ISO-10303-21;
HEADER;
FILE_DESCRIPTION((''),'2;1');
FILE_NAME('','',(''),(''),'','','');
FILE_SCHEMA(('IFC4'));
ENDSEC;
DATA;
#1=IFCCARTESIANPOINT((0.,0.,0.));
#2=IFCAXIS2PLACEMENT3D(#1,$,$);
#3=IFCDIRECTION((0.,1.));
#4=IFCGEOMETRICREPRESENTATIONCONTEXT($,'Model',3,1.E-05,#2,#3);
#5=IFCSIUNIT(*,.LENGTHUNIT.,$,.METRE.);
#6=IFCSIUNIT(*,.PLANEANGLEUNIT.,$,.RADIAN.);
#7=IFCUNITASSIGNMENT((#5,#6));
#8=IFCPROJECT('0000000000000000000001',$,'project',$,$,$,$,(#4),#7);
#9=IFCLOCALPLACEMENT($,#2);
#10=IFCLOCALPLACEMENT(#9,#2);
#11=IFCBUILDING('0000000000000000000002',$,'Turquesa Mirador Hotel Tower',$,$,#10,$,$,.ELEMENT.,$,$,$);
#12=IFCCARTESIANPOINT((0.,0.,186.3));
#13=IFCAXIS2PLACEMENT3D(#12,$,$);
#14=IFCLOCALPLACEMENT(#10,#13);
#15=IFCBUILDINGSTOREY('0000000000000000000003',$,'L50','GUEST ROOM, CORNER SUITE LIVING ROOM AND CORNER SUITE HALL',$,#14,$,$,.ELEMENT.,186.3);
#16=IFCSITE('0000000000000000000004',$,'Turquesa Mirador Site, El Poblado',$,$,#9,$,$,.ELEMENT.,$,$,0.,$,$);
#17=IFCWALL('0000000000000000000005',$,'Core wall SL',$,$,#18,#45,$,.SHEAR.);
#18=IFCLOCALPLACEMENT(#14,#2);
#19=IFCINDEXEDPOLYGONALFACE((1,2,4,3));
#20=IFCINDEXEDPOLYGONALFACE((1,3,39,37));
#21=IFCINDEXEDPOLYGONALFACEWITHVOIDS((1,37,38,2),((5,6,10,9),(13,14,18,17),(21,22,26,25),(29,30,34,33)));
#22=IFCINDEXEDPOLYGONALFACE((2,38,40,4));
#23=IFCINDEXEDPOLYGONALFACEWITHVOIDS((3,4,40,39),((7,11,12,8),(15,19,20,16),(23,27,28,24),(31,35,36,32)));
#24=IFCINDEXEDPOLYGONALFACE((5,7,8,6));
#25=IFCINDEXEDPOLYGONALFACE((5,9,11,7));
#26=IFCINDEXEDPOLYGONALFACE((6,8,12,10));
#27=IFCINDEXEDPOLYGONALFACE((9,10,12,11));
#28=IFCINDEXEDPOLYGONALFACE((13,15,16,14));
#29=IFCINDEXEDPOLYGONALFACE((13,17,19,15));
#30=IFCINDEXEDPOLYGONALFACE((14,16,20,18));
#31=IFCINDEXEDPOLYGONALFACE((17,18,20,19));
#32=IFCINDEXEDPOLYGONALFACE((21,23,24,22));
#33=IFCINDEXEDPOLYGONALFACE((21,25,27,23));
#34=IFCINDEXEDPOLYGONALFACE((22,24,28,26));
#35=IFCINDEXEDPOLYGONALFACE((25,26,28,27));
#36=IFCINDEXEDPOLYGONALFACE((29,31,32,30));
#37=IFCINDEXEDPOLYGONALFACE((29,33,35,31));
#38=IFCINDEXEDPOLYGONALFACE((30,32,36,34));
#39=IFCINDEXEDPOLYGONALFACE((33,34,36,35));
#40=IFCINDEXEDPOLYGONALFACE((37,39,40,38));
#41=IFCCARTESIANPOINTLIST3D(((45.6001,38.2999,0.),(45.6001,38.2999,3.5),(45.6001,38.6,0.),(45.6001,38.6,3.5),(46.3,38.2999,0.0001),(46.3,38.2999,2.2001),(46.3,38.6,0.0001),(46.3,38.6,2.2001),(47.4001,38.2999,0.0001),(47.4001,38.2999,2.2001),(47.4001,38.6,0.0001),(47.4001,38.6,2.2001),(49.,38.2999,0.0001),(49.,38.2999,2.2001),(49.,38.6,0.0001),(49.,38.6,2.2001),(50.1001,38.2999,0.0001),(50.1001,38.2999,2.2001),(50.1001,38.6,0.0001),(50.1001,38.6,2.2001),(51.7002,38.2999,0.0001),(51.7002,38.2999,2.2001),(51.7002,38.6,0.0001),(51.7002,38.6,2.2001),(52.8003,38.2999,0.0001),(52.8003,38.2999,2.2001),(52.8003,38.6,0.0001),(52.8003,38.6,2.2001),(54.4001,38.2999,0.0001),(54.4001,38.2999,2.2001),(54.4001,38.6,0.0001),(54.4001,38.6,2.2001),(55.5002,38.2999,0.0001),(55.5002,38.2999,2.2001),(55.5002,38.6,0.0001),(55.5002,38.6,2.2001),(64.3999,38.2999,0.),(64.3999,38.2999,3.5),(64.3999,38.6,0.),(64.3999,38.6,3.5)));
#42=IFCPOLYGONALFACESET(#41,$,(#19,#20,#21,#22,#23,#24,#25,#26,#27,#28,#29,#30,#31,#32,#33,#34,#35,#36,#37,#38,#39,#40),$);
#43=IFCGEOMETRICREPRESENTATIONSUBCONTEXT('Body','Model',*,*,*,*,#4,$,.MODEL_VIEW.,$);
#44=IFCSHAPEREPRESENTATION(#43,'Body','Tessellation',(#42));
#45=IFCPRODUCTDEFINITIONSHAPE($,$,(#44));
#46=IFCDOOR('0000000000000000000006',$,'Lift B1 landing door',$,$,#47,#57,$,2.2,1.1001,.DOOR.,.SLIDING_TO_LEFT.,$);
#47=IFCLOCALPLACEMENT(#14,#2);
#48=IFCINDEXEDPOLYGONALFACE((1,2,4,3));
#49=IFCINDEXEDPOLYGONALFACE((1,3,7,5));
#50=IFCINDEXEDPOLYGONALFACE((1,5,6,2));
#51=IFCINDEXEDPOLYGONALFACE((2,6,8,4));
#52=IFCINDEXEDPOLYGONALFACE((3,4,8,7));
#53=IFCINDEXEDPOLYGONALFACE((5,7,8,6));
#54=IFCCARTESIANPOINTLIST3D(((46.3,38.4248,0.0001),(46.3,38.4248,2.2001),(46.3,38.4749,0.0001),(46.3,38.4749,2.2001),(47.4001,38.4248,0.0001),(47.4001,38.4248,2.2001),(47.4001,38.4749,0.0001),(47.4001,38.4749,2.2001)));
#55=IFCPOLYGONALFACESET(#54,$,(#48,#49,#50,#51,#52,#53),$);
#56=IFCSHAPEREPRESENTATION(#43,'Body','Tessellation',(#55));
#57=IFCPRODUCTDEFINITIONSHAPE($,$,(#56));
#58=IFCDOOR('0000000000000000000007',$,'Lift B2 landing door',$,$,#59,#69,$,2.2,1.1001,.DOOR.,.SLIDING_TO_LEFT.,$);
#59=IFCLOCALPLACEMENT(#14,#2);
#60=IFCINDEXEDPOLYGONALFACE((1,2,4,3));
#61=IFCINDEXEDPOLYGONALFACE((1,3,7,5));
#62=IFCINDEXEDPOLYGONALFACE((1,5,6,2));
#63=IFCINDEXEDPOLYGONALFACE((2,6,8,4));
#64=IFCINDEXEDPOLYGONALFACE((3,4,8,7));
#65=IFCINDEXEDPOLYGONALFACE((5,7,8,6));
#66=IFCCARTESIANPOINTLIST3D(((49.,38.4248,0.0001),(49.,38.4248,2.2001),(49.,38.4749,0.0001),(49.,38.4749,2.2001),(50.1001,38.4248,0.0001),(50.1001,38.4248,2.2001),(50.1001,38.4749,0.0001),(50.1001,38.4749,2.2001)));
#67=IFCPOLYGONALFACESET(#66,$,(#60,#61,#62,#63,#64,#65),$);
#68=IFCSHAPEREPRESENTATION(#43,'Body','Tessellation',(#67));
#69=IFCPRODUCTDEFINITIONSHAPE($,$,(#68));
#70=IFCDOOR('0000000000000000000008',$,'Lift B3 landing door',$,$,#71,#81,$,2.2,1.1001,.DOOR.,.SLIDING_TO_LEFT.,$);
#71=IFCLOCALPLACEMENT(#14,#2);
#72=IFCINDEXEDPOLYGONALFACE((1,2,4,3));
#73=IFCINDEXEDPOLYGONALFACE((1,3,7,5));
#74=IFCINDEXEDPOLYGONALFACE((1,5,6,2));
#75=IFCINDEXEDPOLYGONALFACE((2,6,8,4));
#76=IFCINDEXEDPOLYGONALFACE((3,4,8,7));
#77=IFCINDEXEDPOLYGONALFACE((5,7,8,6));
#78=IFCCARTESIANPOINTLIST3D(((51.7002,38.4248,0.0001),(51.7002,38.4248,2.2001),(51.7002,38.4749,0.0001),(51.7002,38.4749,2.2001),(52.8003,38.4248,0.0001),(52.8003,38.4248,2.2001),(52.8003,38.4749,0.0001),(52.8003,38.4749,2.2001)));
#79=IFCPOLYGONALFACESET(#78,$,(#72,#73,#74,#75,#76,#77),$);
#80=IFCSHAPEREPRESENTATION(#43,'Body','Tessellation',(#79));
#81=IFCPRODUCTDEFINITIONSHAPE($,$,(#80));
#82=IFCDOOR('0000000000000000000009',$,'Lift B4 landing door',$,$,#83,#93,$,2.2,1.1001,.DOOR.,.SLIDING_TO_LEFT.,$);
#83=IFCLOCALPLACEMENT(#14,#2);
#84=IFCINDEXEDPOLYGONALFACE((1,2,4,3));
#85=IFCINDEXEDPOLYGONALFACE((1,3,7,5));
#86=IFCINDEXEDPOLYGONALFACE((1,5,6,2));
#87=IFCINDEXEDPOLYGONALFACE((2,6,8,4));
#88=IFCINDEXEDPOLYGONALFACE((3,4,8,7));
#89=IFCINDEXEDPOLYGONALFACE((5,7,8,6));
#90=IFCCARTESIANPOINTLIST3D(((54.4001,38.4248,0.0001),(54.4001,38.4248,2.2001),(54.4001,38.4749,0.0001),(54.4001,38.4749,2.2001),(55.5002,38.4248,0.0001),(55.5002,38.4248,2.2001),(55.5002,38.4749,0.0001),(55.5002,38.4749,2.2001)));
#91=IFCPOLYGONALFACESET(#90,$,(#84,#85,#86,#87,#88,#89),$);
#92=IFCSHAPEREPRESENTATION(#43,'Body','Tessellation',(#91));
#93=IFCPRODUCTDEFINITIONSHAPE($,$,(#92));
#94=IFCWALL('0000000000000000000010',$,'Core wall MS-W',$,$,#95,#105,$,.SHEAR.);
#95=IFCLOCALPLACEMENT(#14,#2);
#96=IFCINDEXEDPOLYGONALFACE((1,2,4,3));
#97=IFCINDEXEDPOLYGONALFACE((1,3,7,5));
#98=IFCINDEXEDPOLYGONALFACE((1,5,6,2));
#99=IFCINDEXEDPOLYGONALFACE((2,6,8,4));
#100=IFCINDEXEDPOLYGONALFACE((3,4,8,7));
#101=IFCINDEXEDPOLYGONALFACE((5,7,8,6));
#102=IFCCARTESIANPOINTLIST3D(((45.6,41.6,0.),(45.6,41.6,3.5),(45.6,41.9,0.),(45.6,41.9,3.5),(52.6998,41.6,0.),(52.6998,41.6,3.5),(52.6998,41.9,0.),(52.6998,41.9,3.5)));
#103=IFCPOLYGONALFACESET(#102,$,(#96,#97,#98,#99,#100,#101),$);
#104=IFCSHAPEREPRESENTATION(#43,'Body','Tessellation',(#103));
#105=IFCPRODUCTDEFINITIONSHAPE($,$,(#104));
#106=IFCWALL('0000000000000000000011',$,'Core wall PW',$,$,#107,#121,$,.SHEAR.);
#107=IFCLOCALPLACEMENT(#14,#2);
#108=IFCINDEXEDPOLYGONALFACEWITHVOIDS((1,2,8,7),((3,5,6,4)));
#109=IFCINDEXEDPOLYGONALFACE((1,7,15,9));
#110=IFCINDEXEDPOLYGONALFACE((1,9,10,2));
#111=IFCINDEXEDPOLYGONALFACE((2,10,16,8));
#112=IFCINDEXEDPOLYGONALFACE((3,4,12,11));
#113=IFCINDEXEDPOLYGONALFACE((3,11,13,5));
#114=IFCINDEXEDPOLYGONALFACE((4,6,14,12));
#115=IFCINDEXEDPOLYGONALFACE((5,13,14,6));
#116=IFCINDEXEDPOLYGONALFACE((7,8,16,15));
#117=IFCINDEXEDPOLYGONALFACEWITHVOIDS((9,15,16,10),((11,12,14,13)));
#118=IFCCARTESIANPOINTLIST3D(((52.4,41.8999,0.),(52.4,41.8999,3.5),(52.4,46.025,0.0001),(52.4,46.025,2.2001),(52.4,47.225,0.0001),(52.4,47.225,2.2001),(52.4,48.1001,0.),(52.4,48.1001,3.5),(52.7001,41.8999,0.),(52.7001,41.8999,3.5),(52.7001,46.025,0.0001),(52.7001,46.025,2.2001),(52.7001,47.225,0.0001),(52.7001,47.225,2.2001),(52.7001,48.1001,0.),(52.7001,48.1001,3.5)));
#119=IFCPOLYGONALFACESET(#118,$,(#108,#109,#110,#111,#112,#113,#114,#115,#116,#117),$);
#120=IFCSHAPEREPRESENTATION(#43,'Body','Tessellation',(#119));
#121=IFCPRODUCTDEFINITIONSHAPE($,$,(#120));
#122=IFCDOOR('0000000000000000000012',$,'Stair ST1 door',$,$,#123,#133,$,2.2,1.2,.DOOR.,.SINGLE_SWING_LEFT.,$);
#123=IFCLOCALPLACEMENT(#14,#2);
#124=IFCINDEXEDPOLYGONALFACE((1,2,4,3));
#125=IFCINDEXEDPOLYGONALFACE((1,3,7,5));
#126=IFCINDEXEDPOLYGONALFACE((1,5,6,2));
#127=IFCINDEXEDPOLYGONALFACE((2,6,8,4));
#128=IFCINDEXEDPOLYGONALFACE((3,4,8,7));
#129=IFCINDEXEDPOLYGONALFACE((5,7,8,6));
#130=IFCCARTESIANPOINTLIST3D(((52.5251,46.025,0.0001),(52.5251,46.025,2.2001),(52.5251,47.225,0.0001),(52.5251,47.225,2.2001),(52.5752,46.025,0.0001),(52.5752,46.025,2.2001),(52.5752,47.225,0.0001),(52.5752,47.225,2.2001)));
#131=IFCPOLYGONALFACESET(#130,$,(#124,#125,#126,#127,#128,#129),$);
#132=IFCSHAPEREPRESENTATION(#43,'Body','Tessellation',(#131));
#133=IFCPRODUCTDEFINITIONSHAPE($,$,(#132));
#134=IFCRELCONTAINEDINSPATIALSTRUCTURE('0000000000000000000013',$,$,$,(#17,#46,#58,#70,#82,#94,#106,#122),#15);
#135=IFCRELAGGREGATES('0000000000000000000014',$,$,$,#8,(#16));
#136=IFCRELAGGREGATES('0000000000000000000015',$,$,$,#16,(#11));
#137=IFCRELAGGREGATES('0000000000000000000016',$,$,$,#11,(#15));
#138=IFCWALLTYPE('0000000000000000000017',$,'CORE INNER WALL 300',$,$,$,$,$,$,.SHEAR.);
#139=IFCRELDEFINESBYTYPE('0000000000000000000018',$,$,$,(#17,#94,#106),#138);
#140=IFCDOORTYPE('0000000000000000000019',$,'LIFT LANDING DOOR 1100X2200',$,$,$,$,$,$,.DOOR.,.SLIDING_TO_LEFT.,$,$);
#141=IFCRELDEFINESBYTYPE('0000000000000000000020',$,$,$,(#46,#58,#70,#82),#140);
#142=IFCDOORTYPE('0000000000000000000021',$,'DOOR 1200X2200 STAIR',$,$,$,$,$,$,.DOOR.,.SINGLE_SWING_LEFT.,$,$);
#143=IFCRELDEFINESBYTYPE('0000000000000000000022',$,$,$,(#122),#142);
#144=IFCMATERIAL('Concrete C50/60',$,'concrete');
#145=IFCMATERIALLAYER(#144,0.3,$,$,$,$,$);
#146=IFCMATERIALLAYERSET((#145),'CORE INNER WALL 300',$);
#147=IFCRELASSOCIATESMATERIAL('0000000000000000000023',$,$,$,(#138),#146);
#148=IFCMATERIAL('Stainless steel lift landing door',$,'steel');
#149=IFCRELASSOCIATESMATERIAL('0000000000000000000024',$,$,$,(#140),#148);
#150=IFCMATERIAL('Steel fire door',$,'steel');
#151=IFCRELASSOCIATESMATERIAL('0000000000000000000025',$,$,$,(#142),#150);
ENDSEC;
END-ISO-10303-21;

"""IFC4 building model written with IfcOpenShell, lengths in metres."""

from ifc_helpers import new_model, si_unit, direction, frame, frame_2d, origin, place, context, subcontext, project, spatial, rectangle, extrude, material, layer, layer_set, type_object, element, fill, save


model = new_model("IFC4")

# Units and contexts
model_context = context("Model", 3, precision=1e-05, world=origin(), true_north=direction((0.0, 1.0)))
body_context = subcontext(model_context, "Body", "Model", "MODEL_VIEW")
ifc_project = project(units=[si_unit("LENGTHUNIT", "METRE"), si_unit("PLANEANGLEUNIT", "RADIAN")], contexts=[model_context])

# Site, building, storey
site_placement = place(None, origin())
site = spatial("IfcSite", under=ifc_project, at=site_placement, Name="Turquesa Mirador Site, El Poblado", CompositionType="ELEMENT", RefElevation=0.0)
building_placement = place(site_placement, origin())
building = spatial("IfcBuilding", under=site, at=building_placement, Name="Turquesa Mirador Hotel Tower", CompositionType="ELEMENT")
storey_placement = place(building_placement, frame((0.0, 0.0, 186.3)))
storey = spatial("IfcBuildingStorey", under=building, at=storey_placement, Name="L50", Description="GUEST ROOM, CORNER SUITE LIVING ROOM AND CORNER SUITE HALL", CompositionType="ELEMENT", Elevation=186.3)

# Wall, openings, doors
ifc_material_1 = material(Name="Concrete C50/60", Category="concrete")
ifc_layer_1 = layer(ifc_material_1, 0.3)
ifc_layer_set_1 = layer_set([ifc_layer_1], Name="CORE INNER WALL 300")
wall_type_1 = type_object("IfcWallType", Name="CORE INNER WALL 300", PredefinedType="SHEAR", material=ifc_layer_set_1)
wall_1_placement = place(storey_placement, frame((45.6001, 38.45, 0.0), z_axis=(0.0, 0.0, 1.0), x_axis=(1.0, 0.0, 0.0)))
wall_1 = element("IfcWall", 1, at=wall_1_placement, inside=storey, type_object=wall_type_1, Name="Core wall SL", PredefinedType="SHEAR", context=body_context, shape_type="SweptSolid", body=[
    extrude(rectangle(XDim=18.7998, YDim=0.3, at=frame_2d((9.3999, 0.0))), origin(), (0.0, 0.0, 1.0), 3.5),
])
opening_1_placement = place(wall_1_placement, frame((0.7, 0.0, 0.0)))
opening_1 = element("IfcOpeningElement", 2, at=opening_1_placement, cuts=wall_1, PredefinedType="OPENING", context=body_context, shape_type="SweptSolid", body=[
    extrude(rectangle(XDim=1.1001, YDim=2.2, at=frame_2d((0.55, 1.1001))), frame((0.0, 0.1599, 0.0), z_axis=(0.0, -1.0, 0.0), x_axis=(1.0, 0.0, 0.0)), (0.0, 0.0, 1.0), 0.3201),
])
opening_2_placement = place(wall_1_placement, frame((3.3999, 0.0, 0.0)))
opening_2 = element("IfcOpeningElement", 3, at=opening_2_placement, cuts=wall_1, PredefinedType="OPENING", context=body_context, shape_type="SweptSolid", body=[
    extrude(rectangle(XDim=1.1001, YDim=2.2, at=frame_2d((0.55, 1.1001))), frame((0.0, 0.1599, 0.0), z_axis=(0.0, -1.0, 0.0), x_axis=(1.0, 0.0, 0.0)), (0.0, 0.0, 1.0), 0.3201),
])
opening_3_placement = place(wall_1_placement, frame((6.1001, 0.0, 0.0)))
opening_3 = element("IfcOpeningElement", 4, at=opening_3_placement, cuts=wall_1, PredefinedType="OPENING", context=body_context, shape_type="SweptSolid", body=[
    extrude(rectangle(XDim=1.1001, YDim=2.2, at=frame_2d((0.55, 1.1001))), frame((0.0, 0.1599, 0.0), z_axis=(0.0, -1.0, 0.0), x_axis=(1.0, 0.0, 0.0)), (0.0, 0.0, 1.0), 0.3201),
])
opening_4_placement = place(wall_1_placement, frame((8.8, 0.0, 0.0)))
opening_4 = element("IfcOpeningElement", 5, at=opening_4_placement, cuts=wall_1, PredefinedType="OPENING", context=body_context, shape_type="SweptSolid", body=[
    extrude(rectangle(XDim=1.1001, YDim=2.2, at=frame_2d((0.55, 1.1001))), frame((0.0, 0.1599, 0.0), z_axis=(0.0, -1.0, 0.0), x_axis=(1.0, 0.0, 0.0)), (0.0, 0.0, 1.0), 0.3201),
])
ifc_material_2 = material(Name="Stainless steel lift landing door", Category="steel")
door_type_1 = type_object("IfcDoorType", Name="LIFT LANDING DOOR 1100X2200", OperationType="SLIDING_TO_LEFT", PredefinedType="DOOR", material=ifc_material_2)
door_1_placement = place(opening_1_placement, origin())
door_1 = element("IfcDoor", 6, at=door_1_placement, inside=storey, type_object=door_type_1, Name="Lift B1 landing door", OperationType="SLIDING_TO_LEFT", OverallHeight=2.2, OverallWidth=1.1001, PredefinedType="DOOR", context=body_context, shape_type="SweptSolid", body=[
    extrude(rectangle(XDim=1.1001, YDim=2.2, at=frame_2d((0.55, 1.1001))), frame((0.0, 0.0249, 0.0), z_axis=(0.0, -1.0, 0.0), x_axis=(1.0, 0.0, 0.0)), (0.0, 0.0, 1.0), 0.05),
])
fill(opening_1, door_1)
door_2_placement = place(opening_2_placement, origin())
door_2 = element("IfcDoor", 7, at=door_2_placement, inside=storey, type_object=door_type_1, Name="Lift B2 landing door", OperationType="SLIDING_TO_LEFT", OverallHeight=2.2, OverallWidth=1.1001, PredefinedType="DOOR", context=body_context, shape_type="SweptSolid", body=[
    extrude(rectangle(XDim=1.1001, YDim=2.2, at=frame_2d((0.55, 1.1001))), frame((0.0, 0.0249, 0.0), z_axis=(0.0, -1.0, 0.0), x_axis=(1.0, 0.0, 0.0)), (0.0, 0.0, 1.0), 0.05),
])
fill(opening_2, door_2)
door_3_placement = place(opening_3_placement, origin())
door_3 = element("IfcDoor", 8, at=door_3_placement, inside=storey, type_object=door_type_1, Name="Lift B3 landing door", OperationType="SLIDING_TO_LEFT", OverallHeight=2.2, OverallWidth=1.1001, PredefinedType="DOOR", context=body_context, shape_type="SweptSolid", body=[
    extrude(rectangle(XDim=1.1001, YDim=2.2, at=frame_2d((0.55, 1.1001))), frame((0.0, 0.0249, 0.0), z_axis=(0.0, -1.0, 0.0), x_axis=(1.0, 0.0, 0.0)), (0.0, 0.0, 1.0), 0.05),
])
fill(opening_3, door_3)
door_4_placement = place(opening_4_placement, origin())
door_4 = element("IfcDoor", 9, at=door_4_placement, inside=storey, type_object=door_type_1, Name="Lift B4 landing door", OperationType="SLIDING_TO_LEFT", OverallHeight=2.2, OverallWidth=1.1001, PredefinedType="DOOR", context=body_context, shape_type="SweptSolid", body=[
    extrude(rectangle(XDim=1.1001, YDim=2.2, at=frame_2d((0.55, 1.1001))), frame((0.0, 0.0249, 0.0), z_axis=(0.0, -1.0, 0.0), x_axis=(1.0, 0.0, 0.0)), (0.0, 0.0, 1.0), 0.05),
])
fill(opening_4, door_4)

# Wall
wall_2_placement = place(storey_placement, frame((45.6001, 41.75, 0.0), z_axis=(0.0, 0.0, 1.0), x_axis=(1.0, 0.0, 0.0)))
element("IfcWall", 10, at=wall_2_placement, inside=storey, type_object=wall_type_1, Name="Core wall MS-W", PredefinedType="SHEAR", context=body_context, shape_type="SweptSolid", body=[
    extrude(rectangle(XDim=7.0999, YDim=0.3, at=frame_2d((3.5498, 0.0))), origin(), (0.0, 0.0, 1.0), 3.5),
])

# Wall, opening, door
wall_3_placement = place(storey_placement, frame((52.55, 41.8999, 0.0), z_axis=(0.0, 0.0, 1.0), x_axis=(0.0, 1.0, 0.0)))
wall_3 = element("IfcWall", 11, at=wall_3_placement, inside=storey, type_object=wall_type_1, Name="Core wall PW", PredefinedType="SHEAR", context=body_context, shape_type="SweptSolid", body=[
    extrude(rectangle(XDim=6.2002, YDim=0.3, at=frame_2d((3.1001, 0.0))), origin(), (0.0, 0.0, 1.0), 3.5),
])
opening_5_placement = place(wall_3_placement, frame((4.125, 0.0, 0.0)))
opening_5 = element("IfcOpeningElement", 12, at=opening_5_placement, cuts=wall_3, PredefinedType="OPENING", context=body_context, shape_type="SweptSolid", body=[
    extrude(rectangle(XDim=1.2, YDim=2.2, at=frame_2d((0.6001, 1.1001))), frame((0.0, 0.1599, 0.0), z_axis=(0.0, -1.0, 0.0), x_axis=(1.0, 0.0, 0.0)), (0.0, 0.0, 1.0), 0.3201),
])
ifc_material_3 = material(Name="Steel fire door", Category="steel")
door_type_2 = type_object("IfcDoorType", Name="DOOR 1200X2200 STAIR", OperationType="SINGLE_SWING_LEFT", PredefinedType="DOOR", material=ifc_material_3)
door_5_placement = place(opening_5_placement, origin())
door_5 = element("IfcDoor", 13, at=door_5_placement, inside=storey, type_object=door_type_2, Name="Stair ST1 door", OperationType="SINGLE_SWING_LEFT", OverallHeight=2.2, OverallWidth=1.2, PredefinedType="DOOR", context=body_context, shape_type="SweptSolid", body=[
    extrude(rectangle(XDim=1.2, YDim=2.2, at=frame_2d((0.6001, 1.1001))), frame((0.0, 0.0249, 0.0), z_axis=(0.0, -1.0, 0.0), x_axis=(1.0, 0.0, 0.0)), (0.0, 0.0, 1.0), 0.05),
])
fill(opening_5, door_5)

save(model, "model.ifc")
